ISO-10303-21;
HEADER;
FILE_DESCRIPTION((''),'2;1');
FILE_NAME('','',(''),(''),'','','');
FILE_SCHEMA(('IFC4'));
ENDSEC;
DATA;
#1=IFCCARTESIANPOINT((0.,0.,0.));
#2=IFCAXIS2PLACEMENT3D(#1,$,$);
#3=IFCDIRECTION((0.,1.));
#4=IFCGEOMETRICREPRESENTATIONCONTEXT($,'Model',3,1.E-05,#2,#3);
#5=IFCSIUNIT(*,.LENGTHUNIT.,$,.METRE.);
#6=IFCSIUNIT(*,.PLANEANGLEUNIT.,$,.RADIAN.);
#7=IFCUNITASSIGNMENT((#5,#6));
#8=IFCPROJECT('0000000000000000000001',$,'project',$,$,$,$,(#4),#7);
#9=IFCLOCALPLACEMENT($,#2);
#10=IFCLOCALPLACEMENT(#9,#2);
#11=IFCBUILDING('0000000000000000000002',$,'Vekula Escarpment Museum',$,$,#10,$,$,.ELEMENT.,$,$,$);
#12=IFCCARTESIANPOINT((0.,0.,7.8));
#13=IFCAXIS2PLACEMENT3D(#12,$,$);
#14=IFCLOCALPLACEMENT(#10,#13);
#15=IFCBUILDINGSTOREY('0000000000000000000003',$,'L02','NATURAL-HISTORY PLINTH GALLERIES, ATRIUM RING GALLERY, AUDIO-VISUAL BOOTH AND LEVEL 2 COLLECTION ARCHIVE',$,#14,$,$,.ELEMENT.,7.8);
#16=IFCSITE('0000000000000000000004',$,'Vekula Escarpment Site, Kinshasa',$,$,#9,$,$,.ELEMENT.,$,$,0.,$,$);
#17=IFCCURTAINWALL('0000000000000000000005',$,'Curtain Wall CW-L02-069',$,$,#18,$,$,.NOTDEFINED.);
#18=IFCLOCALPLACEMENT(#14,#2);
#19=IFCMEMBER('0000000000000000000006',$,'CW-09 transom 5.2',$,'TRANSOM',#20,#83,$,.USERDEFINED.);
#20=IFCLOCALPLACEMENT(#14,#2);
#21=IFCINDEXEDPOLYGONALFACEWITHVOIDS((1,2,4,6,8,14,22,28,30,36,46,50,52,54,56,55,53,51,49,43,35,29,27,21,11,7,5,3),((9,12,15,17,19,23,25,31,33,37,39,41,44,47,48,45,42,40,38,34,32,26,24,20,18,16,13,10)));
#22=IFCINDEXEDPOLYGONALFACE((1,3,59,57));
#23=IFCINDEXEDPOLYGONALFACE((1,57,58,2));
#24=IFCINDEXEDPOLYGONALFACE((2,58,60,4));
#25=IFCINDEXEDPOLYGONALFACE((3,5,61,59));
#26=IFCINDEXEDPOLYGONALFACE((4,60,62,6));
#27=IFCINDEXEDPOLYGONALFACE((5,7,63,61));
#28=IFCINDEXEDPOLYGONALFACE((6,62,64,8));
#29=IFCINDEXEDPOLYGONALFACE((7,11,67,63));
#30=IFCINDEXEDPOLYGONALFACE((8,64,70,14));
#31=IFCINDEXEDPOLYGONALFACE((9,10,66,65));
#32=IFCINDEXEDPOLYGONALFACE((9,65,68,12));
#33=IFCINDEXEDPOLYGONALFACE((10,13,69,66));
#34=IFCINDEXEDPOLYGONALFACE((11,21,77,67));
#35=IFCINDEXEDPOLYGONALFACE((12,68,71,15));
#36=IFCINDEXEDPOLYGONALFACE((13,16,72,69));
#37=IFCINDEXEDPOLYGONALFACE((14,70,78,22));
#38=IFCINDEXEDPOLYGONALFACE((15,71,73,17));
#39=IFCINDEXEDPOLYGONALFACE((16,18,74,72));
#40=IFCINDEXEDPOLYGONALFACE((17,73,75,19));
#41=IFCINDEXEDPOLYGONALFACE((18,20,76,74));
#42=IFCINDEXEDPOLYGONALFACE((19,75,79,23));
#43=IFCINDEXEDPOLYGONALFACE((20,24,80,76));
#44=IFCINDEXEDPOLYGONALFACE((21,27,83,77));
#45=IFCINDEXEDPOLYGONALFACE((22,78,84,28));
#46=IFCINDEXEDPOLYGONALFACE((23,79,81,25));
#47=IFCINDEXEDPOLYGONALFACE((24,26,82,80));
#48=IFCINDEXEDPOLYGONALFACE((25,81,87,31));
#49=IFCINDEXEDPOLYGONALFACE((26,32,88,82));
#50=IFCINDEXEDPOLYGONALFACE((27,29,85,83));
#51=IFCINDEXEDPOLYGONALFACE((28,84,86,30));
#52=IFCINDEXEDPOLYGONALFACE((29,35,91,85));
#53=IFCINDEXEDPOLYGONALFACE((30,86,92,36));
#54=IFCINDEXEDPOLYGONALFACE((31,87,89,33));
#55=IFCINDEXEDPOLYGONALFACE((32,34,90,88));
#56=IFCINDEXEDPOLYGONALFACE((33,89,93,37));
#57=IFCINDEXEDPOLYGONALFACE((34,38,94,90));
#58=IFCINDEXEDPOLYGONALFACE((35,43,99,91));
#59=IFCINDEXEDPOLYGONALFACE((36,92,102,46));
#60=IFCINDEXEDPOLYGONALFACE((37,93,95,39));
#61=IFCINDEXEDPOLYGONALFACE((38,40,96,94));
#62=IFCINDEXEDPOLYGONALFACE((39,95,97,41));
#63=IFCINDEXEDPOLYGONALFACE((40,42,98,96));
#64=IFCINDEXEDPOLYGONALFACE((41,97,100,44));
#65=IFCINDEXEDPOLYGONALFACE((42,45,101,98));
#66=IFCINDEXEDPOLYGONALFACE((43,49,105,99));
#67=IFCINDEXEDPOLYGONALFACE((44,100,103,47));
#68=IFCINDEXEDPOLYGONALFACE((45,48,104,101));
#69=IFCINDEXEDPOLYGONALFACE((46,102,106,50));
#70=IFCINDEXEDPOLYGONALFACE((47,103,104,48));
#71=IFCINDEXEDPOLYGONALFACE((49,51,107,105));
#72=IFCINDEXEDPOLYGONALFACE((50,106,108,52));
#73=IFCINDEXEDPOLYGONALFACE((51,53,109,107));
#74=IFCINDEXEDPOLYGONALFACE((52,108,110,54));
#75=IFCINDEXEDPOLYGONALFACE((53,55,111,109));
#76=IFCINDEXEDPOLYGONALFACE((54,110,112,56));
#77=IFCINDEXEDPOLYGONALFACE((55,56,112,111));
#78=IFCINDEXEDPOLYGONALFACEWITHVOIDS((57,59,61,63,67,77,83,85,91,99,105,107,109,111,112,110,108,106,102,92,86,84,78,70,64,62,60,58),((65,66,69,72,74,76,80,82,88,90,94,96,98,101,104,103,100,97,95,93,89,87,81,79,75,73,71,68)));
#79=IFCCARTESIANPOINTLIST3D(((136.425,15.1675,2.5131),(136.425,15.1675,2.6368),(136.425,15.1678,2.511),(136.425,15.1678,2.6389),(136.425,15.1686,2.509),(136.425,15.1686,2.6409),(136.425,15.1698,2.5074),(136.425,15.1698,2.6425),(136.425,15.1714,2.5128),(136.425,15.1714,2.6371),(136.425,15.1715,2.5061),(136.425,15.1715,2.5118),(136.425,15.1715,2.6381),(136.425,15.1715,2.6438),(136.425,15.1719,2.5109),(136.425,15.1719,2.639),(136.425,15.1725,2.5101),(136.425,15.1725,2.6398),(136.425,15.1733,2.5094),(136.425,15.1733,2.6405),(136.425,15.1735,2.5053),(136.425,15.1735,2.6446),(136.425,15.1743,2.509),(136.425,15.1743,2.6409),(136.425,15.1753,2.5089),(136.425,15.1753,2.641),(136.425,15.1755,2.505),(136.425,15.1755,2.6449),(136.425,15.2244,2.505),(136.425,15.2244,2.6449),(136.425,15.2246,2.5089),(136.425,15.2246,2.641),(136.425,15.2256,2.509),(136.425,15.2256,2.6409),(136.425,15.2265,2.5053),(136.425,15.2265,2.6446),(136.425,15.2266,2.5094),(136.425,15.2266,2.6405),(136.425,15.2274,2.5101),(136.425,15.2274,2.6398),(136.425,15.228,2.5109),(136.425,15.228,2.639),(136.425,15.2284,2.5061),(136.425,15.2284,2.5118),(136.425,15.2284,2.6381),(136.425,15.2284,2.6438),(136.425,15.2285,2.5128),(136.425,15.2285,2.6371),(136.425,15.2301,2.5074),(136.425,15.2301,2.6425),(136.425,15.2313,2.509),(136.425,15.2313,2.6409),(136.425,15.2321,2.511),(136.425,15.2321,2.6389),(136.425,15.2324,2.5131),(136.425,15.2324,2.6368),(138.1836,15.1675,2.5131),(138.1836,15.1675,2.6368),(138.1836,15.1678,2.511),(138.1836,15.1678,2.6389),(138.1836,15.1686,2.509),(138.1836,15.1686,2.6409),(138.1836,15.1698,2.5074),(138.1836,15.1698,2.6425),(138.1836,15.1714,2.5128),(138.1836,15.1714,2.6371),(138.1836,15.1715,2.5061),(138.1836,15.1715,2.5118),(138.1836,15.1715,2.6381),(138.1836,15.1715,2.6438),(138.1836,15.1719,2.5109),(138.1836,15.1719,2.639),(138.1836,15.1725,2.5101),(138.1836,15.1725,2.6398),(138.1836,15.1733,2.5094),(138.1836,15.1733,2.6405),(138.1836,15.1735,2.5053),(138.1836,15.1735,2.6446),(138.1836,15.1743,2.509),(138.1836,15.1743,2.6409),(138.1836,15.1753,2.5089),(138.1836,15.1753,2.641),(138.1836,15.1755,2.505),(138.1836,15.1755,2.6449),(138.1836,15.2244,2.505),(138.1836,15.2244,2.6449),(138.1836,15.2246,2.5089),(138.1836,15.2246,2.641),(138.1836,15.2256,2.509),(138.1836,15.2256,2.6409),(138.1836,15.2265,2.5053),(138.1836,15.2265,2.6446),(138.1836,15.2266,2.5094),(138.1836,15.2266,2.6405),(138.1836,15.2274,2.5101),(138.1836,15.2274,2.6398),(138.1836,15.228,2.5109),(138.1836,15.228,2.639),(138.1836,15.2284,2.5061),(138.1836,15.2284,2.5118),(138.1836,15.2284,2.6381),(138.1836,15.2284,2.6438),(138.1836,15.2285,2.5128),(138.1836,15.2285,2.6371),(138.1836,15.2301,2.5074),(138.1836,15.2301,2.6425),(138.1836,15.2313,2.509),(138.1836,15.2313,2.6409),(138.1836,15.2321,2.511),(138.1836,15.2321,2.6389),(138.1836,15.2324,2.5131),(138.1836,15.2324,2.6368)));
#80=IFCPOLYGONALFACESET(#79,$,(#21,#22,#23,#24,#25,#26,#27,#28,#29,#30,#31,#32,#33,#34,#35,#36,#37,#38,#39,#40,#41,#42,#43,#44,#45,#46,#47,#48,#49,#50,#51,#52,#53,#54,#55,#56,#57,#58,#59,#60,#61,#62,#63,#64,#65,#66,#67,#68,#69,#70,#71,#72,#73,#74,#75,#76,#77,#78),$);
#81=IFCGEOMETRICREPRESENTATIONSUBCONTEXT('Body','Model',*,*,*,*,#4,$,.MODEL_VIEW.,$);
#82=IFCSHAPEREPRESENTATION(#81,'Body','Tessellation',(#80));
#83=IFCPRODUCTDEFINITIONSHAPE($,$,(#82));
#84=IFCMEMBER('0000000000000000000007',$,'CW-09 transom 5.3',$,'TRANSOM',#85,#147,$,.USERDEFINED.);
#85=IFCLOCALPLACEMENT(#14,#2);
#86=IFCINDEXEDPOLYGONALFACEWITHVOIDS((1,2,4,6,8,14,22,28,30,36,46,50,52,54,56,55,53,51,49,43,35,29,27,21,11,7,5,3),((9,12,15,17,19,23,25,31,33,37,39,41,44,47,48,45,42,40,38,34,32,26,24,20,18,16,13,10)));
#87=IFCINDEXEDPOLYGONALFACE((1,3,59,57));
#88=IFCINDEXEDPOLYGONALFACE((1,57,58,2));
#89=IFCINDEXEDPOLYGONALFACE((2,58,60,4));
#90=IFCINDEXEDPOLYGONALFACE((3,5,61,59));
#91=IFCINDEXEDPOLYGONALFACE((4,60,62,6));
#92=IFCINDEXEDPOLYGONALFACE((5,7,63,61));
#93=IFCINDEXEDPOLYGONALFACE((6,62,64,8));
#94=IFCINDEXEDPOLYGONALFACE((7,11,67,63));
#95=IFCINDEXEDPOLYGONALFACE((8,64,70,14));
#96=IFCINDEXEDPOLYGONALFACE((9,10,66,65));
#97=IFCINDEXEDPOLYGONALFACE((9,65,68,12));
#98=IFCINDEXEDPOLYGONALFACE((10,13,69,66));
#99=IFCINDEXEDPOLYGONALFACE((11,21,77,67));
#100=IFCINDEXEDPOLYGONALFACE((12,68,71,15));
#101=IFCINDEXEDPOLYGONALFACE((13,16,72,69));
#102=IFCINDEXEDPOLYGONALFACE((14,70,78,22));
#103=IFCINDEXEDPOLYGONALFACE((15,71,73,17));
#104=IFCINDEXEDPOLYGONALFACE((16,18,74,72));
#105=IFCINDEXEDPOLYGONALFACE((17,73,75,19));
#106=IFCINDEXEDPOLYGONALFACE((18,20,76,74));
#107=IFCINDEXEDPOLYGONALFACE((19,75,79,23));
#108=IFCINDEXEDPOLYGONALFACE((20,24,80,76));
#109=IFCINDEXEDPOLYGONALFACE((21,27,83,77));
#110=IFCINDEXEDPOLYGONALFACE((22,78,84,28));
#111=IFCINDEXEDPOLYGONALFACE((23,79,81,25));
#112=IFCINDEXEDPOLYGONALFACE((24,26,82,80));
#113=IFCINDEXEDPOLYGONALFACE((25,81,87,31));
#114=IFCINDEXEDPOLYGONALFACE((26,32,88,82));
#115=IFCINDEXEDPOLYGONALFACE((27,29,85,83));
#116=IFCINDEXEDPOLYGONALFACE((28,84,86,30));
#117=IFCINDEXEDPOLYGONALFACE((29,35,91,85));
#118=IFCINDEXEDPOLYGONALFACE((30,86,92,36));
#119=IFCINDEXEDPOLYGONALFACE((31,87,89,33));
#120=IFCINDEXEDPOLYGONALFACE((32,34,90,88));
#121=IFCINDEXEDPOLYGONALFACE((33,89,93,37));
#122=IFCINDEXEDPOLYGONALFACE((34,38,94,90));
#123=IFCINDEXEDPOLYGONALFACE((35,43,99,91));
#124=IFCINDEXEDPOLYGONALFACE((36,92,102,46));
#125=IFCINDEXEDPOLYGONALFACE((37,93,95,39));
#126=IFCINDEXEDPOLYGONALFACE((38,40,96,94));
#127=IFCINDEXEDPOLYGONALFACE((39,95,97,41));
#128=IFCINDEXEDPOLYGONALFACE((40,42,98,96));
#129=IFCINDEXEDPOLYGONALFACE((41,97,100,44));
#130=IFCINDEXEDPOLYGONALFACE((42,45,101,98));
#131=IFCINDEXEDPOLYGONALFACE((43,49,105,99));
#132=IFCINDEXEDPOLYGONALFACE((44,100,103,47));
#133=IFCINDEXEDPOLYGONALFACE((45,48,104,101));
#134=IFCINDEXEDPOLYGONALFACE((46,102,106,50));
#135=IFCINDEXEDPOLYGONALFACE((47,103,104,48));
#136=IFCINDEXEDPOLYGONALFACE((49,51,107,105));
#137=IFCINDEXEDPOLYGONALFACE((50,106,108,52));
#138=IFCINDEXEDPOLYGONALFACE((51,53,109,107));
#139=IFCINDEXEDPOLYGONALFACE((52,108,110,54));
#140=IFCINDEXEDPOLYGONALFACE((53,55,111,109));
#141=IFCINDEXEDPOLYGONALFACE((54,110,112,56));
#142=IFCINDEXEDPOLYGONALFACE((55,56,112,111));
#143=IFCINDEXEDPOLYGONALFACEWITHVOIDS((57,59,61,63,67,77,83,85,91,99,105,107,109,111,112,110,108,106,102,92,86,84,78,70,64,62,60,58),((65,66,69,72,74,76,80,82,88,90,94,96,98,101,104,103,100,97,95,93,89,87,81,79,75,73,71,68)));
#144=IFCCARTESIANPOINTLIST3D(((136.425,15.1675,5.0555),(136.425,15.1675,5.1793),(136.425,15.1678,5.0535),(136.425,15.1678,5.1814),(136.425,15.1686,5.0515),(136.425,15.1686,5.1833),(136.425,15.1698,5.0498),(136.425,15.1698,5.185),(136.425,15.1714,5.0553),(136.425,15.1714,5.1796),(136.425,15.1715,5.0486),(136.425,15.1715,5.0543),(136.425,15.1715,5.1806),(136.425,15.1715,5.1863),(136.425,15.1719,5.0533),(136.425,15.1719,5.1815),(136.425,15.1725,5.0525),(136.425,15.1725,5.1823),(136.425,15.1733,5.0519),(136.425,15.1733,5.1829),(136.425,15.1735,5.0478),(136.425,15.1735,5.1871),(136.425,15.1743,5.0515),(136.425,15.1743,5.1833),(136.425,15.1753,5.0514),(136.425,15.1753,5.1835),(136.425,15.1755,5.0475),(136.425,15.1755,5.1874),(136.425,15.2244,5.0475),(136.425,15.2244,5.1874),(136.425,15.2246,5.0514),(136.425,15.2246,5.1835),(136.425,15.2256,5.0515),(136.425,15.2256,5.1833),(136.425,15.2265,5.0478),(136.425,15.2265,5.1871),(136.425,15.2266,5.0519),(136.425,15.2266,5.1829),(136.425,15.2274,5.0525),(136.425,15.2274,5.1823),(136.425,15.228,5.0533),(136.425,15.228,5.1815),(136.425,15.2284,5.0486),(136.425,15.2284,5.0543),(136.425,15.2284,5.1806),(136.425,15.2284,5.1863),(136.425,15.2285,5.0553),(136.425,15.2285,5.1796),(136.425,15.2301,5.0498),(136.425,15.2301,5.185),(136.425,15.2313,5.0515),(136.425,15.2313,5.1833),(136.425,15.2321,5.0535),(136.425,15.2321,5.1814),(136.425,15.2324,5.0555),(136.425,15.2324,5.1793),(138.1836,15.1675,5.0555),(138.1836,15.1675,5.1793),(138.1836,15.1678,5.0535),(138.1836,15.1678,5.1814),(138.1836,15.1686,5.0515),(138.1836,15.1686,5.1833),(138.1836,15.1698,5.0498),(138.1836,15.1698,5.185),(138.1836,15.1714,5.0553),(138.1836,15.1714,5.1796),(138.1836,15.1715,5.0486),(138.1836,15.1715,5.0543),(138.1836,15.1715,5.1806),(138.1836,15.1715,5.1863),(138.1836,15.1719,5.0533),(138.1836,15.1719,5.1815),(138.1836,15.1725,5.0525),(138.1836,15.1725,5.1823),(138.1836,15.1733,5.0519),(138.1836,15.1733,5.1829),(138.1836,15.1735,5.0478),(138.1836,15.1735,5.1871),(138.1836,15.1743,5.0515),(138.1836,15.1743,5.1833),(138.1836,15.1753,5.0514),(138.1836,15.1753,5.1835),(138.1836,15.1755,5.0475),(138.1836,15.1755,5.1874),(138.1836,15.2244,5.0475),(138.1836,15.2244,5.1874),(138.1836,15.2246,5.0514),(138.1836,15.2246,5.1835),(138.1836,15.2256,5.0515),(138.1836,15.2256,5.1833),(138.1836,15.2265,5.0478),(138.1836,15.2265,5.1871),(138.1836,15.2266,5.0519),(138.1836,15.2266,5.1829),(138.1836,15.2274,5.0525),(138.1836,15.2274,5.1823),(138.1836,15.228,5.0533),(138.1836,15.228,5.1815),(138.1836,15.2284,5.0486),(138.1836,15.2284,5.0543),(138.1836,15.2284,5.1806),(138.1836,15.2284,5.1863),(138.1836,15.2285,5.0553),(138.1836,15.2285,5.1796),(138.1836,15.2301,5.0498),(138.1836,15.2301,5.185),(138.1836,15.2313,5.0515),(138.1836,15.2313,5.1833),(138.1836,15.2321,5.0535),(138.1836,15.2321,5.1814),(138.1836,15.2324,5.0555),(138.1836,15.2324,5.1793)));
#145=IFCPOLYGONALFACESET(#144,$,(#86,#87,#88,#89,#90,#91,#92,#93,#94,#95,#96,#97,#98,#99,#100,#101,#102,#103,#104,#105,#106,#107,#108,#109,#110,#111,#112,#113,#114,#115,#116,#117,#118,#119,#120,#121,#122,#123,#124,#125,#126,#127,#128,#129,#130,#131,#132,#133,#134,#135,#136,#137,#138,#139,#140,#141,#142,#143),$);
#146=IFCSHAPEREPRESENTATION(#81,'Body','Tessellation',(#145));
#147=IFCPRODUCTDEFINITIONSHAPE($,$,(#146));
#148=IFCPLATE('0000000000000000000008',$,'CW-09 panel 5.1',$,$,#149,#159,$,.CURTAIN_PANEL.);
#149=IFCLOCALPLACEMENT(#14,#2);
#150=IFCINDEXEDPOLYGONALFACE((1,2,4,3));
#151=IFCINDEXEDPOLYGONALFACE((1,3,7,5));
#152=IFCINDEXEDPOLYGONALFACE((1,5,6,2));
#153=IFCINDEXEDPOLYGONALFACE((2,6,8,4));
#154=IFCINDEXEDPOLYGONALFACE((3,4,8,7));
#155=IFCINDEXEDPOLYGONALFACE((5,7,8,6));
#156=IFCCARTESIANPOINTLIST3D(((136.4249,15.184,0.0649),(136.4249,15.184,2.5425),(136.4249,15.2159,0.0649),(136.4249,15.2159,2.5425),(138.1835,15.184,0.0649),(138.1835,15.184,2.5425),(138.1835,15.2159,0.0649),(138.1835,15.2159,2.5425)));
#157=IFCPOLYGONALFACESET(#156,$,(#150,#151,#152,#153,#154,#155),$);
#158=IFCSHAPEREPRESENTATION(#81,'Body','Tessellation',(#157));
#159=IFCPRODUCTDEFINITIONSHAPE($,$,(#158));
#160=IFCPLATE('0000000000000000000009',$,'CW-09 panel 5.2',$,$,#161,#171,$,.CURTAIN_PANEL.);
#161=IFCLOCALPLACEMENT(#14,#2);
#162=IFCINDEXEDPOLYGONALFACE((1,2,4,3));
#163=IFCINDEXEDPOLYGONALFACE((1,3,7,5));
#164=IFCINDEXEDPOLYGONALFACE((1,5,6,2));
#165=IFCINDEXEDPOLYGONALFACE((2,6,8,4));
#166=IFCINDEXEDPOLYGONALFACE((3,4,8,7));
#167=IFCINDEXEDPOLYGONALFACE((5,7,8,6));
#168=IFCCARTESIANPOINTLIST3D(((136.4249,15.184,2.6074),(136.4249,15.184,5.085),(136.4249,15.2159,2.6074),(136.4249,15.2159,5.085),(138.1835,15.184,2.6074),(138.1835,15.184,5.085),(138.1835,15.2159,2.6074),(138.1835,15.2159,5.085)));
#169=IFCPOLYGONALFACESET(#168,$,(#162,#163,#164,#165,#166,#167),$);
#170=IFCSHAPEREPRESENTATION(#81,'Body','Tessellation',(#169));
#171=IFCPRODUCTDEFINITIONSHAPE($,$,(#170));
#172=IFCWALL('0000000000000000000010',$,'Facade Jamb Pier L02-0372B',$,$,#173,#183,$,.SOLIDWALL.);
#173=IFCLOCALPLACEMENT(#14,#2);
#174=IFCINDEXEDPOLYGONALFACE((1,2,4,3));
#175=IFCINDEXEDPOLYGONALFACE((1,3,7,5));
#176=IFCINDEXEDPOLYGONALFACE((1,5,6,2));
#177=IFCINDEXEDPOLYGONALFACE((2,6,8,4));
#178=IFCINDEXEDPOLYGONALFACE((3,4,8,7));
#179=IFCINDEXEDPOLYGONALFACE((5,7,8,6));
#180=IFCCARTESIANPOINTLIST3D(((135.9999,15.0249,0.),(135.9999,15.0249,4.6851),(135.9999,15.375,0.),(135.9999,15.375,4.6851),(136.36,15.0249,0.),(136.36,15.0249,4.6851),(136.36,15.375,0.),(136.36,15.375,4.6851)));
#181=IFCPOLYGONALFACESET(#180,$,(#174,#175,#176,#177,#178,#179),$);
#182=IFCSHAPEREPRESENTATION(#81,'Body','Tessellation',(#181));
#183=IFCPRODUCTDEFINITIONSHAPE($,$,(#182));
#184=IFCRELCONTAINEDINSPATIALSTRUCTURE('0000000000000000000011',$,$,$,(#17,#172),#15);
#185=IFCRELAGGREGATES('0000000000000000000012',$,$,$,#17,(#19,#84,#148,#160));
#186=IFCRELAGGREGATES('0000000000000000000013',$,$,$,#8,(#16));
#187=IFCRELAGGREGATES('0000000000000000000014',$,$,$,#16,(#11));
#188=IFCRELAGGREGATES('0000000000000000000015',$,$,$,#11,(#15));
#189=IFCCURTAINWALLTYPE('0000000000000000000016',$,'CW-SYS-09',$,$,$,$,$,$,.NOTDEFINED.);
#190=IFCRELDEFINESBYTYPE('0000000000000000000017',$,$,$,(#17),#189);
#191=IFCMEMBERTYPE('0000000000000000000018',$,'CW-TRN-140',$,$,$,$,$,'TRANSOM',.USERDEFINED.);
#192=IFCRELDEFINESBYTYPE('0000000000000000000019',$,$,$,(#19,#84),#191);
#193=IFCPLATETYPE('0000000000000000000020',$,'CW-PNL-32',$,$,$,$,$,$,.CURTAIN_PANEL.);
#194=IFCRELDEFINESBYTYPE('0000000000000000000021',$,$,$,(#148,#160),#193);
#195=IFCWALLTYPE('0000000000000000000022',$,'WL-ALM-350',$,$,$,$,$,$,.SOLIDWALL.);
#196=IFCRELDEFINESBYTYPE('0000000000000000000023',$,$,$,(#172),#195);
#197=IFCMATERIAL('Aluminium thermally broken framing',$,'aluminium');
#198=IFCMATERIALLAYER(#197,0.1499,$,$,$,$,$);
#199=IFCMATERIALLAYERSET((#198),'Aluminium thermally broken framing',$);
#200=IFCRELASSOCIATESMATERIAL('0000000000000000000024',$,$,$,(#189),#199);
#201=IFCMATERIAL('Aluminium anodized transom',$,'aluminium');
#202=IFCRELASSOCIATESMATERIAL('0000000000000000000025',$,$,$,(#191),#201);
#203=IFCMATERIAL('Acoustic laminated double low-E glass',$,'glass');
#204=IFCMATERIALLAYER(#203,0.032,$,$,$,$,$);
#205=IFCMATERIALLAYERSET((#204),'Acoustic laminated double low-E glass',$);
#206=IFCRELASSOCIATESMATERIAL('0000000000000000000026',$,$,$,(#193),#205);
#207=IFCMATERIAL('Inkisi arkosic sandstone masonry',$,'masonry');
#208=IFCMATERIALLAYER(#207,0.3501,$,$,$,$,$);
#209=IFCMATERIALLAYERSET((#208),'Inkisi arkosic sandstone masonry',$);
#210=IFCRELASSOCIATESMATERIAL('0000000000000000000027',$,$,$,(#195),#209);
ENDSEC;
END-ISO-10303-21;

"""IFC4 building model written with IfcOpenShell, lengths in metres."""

from ifc_helpers import new_model, si_unit, direction, frame, frame_2d, origin, origin_2d, place, context, subcontext, project, spatial, rectangle, hollow_rectangle, extrude, material, layer, layer_set, material_profile, profile_set, type_object, element, aggregate, save


model = new_model("IFC4")

# Units and contexts
model_context = context("Model", 3, precision=1e-05, world=origin(), true_north=direction((0.0, 1.0)))
body_context = subcontext(model_context, "Body", "Model", "MODEL_VIEW")
ifc_project = project(units=[si_unit("LENGTHUNIT", "METRE"), si_unit("PLANEANGLEUNIT", "RADIAN")], contexts=[model_context])

# Site, building, storey
site_placement = place(None, origin())
site = spatial("IfcSite", under=ifc_project, at=site_placement, Name="Vekula Escarpment Site, Kinshasa", CompositionType="ELEMENT", RefElevation=0.0)
building_placement = place(site_placement, origin())
building = spatial("IfcBuilding", under=site, at=building_placement, Name="Vekula Escarpment Museum", CompositionType="ELEMENT")
storey_placement = place(building_placement, frame((0.0, 0.0, 7.8)))
storey = spatial("IfcBuildingStorey", under=building, at=storey_placement, Name="L02", Description="NATURAL-HISTORY PLINTH GALLERIES, ATRIUM RING GALLERY, AUDIO-VISUAL BOOTH AND LEVEL 2 COLLECTION ARCHIVE", CompositionType="ELEMENT", Elevation=7.8)

# Curtain wall, members, plates
ifc_material_1 = material(Name="Aluminium thermally broken framing", Category="aluminium")
ifc_layer_1 = layer(ifc_material_1, 0.1499)
ifc_layer_set_1 = layer_set([ifc_layer_1], Name="Aluminium thermally broken framing")
curtain_wall_type = type_object("IfcCurtainWallType", Name="CW-SYS-09", PredefinedType="NOTDEFINED", material=ifc_layer_set_1)
curtain_wall_placement = place(storey_placement, origin())
curtain_wall = element("IfcCurtainWall", 1, at=curtain_wall_placement, inside=storey, type_object=curtain_wall_type, Name="Curtain Wall CW-L02-069", PredefinedType="NOTDEFINED")
ifc_material_2 = material(Name="Aluminium anodized transom", Category="aluminium")
ifc_material_profile_1 = material_profile(ifc_material_2, hollow_rectangle(XDim=0.0649, YDim=0.1399, WallThickness=0.0039, InnerFilletRadius=0.0039, OuterFilletRadius=0.0081, at=origin_2d()), Name="ALU 140x65x4")
ifc_profile_set_1 = profile_set([ifc_material_profile_1], Name="Aluminium anodized transom")
member_type_1 = type_object("IfcMemberType", Name="CW-TRN-140", ElementType="TRANSOM", PredefinedType="USERDEFINED", material=ifc_profile_set_1)
member_1_placement = place(storey_placement, frame((138.1836, 15.2, 2.575), z_axis=(-1.0, 0.0, 0.0), x_axis=(0.0, -1.0, 0.0)))
member_1 = element("IfcMember", 2, at=member_1_placement, type_object=member_type_1, Name="CW-09 transom 5.2", ObjectType="TRANSOM", PredefinedType="USERDEFINED", context=body_context, shape_type="SweptSolid", body=[
    extrude(hollow_rectangle(XDim=0.0649, YDim=0.1399, WallThickness=0.0039, InnerFilletRadius=0.0039, OuterFilletRadius=0.0081, at=origin_2d()), origin(), (0.0, 0.0, 1.0), 1.7585),
])
member_2_placement = place(storey_placement, frame((138.1836, 15.2, 5.1174), z_axis=(-1.0, 0.0, 0.0), x_axis=(0.0, -1.0, 0.0)))
member_2 = element("IfcMember", 3, at=member_2_placement, type_object=member_type_1, Name="CW-09 transom 5.3", ObjectType="TRANSOM", PredefinedType="USERDEFINED", context=body_context, shape_type="SweptSolid", body=[
    extrude(hollow_rectangle(XDim=0.0649, YDim=0.1399, WallThickness=0.0039, InnerFilletRadius=0.0039, OuterFilletRadius=0.0081, at=origin_2d()), origin(), (0.0, 0.0, 1.0), 1.7585),
])
ifc_material_3 = material(Name="Acoustic laminated double low-E glass", Category="glass")
ifc_layer_2 = layer(ifc_material_3, 0.032)
ifc_layer_set_2 = layer_set([ifc_layer_2], Name="Acoustic laminated double low-E glass")
plate_type = type_object("IfcPlateType", Name="CW-PNL-32", PredefinedType="CURTAIN_PANEL", material=ifc_layer_set_2)
plate_1_placement = place(storey_placement, frame((137.3042, 15.2, 0.0649), z_axis=(0.0, 0.0, 1.0), x_axis=(-1.0, 0.0, 0.0)))
plate_1 = element("IfcPlate", 4, at=plate_1_placement, type_object=plate_type, Name="CW-09 panel 5.1", PredefinedType="CURTAIN_PANEL", context=body_context, shape_type="SweptSolid", body=[
    extrude(rectangle(XDim=1.7585, YDim=0.032, at=origin_2d()), origin(), (0.0, 0.0, 1.0), 2.4775),
])
plate_2_placement = place(storey_placement, frame((137.3042, 15.2, 2.6074), z_axis=(0.0, 0.0, 1.0), x_axis=(-1.0, 0.0, 0.0)))
plate_2 = element("IfcPlate", 5, at=plate_2_placement, type_object=plate_type, Name="CW-09 panel 5.2", PredefinedType="CURTAIN_PANEL", context=body_context, shape_type="SweptSolid", body=[
    extrude(rectangle(XDim=1.7585, YDim=0.032, at=origin_2d()), origin(), (0.0, 0.0, 1.0), 2.4775),
])
aggregate(curtain_wall, [member_1, member_2, plate_1, plate_2])

# Wall
ifc_material_4 = material(Name="Inkisi arkosic sandstone masonry", Category="masonry")
ifc_layer_3 = layer(ifc_material_4, 0.3501)
ifc_layer_set_3 = layer_set([ifc_layer_3], Name="Inkisi arkosic sandstone masonry")
wall_type_1 = type_object("IfcWallType", Name="WL-ALM-350", PredefinedType="SOLIDWALL", material=ifc_layer_set_3)
wall_1_placement = place(storey_placement, frame((136.3601, 15.2, 0.0), z_axis=(0.0, 0.0, 1.0), x_axis=(-1.0, 0.0, 0.0)))
element("IfcWall", 6, at=wall_1_placement, inside=storey, type_object=wall_type_1, Name="Facade Jamb Pier L02-0372B", PredefinedType="SOLIDWALL", context=body_context, shape_type="SweptSolid", body=[
    extrude(rectangle(XDim=0.3601, YDim=0.3501, at=frame_2d((0.1802, 0.0))), origin(), (0.0, 0.0, 1.0), 4.6851),
])

save(model, "model.ifc")
